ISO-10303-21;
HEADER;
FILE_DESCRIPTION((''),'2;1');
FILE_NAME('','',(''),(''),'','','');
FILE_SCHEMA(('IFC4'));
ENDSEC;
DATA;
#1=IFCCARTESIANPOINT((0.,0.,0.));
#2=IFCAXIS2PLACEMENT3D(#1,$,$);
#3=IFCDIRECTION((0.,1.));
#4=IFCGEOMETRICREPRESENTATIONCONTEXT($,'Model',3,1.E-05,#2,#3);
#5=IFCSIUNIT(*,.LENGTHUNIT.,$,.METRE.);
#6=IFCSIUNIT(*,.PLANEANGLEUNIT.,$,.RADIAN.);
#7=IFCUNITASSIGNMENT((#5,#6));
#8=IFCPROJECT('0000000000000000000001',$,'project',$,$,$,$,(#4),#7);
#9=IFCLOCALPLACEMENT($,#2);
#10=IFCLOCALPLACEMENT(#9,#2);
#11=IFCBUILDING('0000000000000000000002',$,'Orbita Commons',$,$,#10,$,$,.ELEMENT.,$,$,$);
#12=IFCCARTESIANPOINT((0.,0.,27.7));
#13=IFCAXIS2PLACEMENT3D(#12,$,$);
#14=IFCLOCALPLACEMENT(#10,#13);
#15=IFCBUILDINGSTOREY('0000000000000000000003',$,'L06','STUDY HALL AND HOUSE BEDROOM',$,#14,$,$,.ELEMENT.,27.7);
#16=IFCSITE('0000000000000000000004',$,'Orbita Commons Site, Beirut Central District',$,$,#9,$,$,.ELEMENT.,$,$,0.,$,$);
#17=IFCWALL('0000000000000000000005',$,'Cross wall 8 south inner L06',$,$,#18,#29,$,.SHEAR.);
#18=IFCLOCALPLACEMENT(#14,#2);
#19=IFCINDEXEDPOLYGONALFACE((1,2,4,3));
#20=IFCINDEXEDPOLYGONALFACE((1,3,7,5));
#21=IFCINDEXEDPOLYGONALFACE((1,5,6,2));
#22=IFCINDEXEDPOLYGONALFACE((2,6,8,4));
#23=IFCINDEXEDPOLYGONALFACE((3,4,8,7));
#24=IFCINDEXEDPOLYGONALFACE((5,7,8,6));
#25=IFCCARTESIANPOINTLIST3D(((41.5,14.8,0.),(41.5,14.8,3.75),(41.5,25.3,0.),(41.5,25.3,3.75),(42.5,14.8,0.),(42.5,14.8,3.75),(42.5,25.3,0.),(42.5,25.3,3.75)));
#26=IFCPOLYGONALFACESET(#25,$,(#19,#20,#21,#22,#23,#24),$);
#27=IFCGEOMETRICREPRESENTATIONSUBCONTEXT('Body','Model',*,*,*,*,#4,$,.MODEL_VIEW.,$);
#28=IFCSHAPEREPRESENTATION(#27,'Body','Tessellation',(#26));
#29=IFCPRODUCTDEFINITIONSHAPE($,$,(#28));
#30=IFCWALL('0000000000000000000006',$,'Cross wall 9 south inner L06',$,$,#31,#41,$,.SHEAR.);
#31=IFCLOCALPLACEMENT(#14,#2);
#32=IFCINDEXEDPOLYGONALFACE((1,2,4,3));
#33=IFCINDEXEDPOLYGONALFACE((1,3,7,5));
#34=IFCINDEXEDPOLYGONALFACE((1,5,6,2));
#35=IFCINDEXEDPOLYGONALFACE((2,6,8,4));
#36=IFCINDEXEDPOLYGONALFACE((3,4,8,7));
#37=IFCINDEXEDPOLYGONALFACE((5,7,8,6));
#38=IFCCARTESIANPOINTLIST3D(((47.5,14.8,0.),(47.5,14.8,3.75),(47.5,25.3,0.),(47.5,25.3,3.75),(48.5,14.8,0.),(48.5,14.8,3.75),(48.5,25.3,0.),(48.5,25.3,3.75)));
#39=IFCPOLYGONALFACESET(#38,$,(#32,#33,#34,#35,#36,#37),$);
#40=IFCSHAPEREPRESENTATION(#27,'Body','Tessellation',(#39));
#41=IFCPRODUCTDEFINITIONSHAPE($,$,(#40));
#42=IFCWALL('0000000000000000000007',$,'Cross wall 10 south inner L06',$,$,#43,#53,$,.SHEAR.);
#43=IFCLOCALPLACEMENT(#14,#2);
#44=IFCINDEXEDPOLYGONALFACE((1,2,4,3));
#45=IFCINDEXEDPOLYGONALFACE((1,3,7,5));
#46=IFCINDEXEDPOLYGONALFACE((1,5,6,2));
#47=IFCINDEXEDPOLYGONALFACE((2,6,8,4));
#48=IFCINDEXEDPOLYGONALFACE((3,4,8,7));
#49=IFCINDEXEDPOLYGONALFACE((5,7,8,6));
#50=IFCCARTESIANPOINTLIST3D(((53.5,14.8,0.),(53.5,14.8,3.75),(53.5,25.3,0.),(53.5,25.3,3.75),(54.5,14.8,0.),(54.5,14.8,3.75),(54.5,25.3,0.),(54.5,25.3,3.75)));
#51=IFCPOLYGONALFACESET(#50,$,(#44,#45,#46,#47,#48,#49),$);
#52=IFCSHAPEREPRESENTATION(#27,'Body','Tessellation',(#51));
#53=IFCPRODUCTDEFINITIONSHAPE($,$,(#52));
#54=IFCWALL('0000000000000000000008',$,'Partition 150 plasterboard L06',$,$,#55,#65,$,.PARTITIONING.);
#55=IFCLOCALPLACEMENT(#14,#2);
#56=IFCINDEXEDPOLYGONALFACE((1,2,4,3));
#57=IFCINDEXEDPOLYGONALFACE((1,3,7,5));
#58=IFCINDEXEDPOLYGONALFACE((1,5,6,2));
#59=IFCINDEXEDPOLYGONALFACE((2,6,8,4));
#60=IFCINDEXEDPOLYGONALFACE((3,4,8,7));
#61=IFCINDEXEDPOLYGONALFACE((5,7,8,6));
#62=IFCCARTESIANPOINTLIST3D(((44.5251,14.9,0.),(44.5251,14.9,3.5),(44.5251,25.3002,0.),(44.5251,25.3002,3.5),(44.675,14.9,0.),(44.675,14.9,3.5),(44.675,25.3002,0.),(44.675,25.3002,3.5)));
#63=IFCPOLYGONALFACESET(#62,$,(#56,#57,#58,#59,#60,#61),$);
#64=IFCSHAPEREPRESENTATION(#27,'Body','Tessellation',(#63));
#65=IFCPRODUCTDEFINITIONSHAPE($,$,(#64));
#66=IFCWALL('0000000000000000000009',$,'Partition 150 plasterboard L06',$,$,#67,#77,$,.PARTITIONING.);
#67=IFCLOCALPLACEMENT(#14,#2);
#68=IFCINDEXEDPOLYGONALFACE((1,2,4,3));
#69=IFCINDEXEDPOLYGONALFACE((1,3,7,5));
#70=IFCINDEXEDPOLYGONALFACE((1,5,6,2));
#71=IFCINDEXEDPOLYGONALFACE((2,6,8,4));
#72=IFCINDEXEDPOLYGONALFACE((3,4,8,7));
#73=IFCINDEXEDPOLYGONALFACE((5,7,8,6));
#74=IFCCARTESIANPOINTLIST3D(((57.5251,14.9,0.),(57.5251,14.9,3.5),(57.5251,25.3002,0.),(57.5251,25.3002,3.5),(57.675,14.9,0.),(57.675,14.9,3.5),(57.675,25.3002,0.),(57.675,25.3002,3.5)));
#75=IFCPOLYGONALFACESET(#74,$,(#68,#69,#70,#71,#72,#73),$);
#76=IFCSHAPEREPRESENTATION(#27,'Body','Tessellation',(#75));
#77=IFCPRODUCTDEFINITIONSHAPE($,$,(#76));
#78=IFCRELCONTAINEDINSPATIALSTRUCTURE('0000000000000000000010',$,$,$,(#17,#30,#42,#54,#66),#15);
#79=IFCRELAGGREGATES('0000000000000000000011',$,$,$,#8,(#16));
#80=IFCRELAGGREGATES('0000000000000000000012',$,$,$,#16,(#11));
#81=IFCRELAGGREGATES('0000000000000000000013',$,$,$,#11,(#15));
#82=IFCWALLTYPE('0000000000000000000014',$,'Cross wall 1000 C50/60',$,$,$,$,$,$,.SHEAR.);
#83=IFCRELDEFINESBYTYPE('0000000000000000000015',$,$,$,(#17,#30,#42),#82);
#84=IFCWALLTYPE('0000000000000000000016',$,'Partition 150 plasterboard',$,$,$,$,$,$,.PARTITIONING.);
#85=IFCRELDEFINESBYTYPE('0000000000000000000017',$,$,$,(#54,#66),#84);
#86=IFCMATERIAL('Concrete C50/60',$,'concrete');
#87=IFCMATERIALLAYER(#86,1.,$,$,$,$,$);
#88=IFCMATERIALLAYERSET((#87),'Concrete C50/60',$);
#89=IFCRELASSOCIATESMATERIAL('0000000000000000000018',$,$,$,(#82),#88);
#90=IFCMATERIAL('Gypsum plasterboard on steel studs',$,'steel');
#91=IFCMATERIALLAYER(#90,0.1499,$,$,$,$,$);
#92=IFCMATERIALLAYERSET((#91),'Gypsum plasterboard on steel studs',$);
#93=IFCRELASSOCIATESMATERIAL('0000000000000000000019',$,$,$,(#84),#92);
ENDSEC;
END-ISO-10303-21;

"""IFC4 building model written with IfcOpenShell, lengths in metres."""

from ifc_helpers import new_model, si_unit, direction, frame, frame_2d, origin, place, context, subcontext, project, spatial, rectangle, extrude, material, layer, layer_set, type_object, element, save


model = new_model("IFC4")

# Units and contexts
model_context = context("Model", 3, precision=1e-05, world=origin(), true_north=direction((0.0, 1.0)))
body_context = subcontext(model_context, "Body", "Model", "MODEL_VIEW")
ifc_project = project(units=[si_unit("LENGTHUNIT", "METRE"), si_unit("PLANEANGLEUNIT", "RADIAN")], contexts=[model_context])

# Site, building, storey
site_placement = place(None, origin())
site = spatial("IfcSite", under=ifc_project, at=site_placement, Name="Orbita Commons Site, Beirut Central District", CompositionType="ELEMENT", RefElevation=0.0)
building_placement = place(site_placement, origin())
building = spatial("IfcBuilding", under=site, at=building_placement, Name="Orbita Commons", CompositionType="ELEMENT")
storey_placement = place(building_placement, frame((0.0, 0.0, 27.7)))
storey = spatial("IfcBuildingStorey", under=building, at=storey_placement, Name="L06", Description="STUDY HALL AND HOUSE BEDROOM", CompositionType="ELEMENT", Elevation=27.7)

# Walls
ifc_material_1 = material(Name="Concrete C50/60", Category="concrete")
ifc_layer_1 = layer(ifc_material_1, 1.0)
ifc_layer_set_1 = layer_set([ifc_layer_1], Name="Concrete C50/60")
wall_type_1 = type_object("IfcWallType", Name="Cross wall 1000 C50/60", PredefinedType="SHEAR", material=ifc_layer_set_1)
for number, where, z_axis, x_axis, name in (
    (1, (42.0, 14.8, 0.0), (0.0, 0.0, 1.0), (0.0, 1.0, 0.0), "Cross wall 8 south inner L06"),
    (2, (48.0, 14.8, 0.0), (0.0, 0.0, 1.0), (0.0, 1.0, 0.0), "Cross wall 9 south inner L06"),
    (3, (54.0, 14.8, 0.0), (0.0, 0.0, 1.0), (0.0, 1.0, 0.0), "Cross wall 10 south inner L06"),
):
    element("IfcWall", number, at=place(storey_placement, frame(where, z_axis=z_axis, x_axis=x_axis)), inside=storey, type_object=wall_type_1, Name=name, PredefinedType="SHEAR", context=body_context, shape_type="SweptSolid", body=[
        extrude(rectangle(XDim=10.5, YDim=1.0, at=frame_2d((5.25, 0.0))), origin(), (0.0, 0.0, 1.0), 3.75),
    ])
ifc_material_2 = material(Name="Gypsum plasterboard on steel studs", Category="steel")
ifc_layer_2 = layer(ifc_material_2, 0.1499)
ifc_layer_set_2 = layer_set([ifc_layer_2], Name="Gypsum plasterboard on steel studs")
wall_type_2 = type_object("IfcWallType", Name="Partition 150 plasterboard", PredefinedType="PARTITIONING", material=ifc_layer_set_2)
for number, where, z_axis, x_axis, name in (
    (4, (44.6001, 14.8999, 0.0), (0.0, 0.0, 1.0), (0.0, 1.0, 0.0), "Partition 150 plasterboard L06"),
    (5, (57.6001, 14.8999, 0.0), (0.0, 0.0, 1.0), (0.0, 1.0, 0.0), "Partition 150 plasterboard L06"),
):
    element("IfcWall", number, at=place(storey_placement, frame(where, z_axis=z_axis, x_axis=x_axis)), inside=storey, type_object=wall_type_2, Name=name, PredefinedType="PARTITIONING", context=body_context, shape_type="SweptSolid", body=[
        extrude(rectangle(XDim=10.4001, YDim=0.1499, at=frame_2d((5.2002, 0.0))), origin(), (0.0, 0.0, 1.0), 3.5),
    ])

save(model, "model.ifc")
